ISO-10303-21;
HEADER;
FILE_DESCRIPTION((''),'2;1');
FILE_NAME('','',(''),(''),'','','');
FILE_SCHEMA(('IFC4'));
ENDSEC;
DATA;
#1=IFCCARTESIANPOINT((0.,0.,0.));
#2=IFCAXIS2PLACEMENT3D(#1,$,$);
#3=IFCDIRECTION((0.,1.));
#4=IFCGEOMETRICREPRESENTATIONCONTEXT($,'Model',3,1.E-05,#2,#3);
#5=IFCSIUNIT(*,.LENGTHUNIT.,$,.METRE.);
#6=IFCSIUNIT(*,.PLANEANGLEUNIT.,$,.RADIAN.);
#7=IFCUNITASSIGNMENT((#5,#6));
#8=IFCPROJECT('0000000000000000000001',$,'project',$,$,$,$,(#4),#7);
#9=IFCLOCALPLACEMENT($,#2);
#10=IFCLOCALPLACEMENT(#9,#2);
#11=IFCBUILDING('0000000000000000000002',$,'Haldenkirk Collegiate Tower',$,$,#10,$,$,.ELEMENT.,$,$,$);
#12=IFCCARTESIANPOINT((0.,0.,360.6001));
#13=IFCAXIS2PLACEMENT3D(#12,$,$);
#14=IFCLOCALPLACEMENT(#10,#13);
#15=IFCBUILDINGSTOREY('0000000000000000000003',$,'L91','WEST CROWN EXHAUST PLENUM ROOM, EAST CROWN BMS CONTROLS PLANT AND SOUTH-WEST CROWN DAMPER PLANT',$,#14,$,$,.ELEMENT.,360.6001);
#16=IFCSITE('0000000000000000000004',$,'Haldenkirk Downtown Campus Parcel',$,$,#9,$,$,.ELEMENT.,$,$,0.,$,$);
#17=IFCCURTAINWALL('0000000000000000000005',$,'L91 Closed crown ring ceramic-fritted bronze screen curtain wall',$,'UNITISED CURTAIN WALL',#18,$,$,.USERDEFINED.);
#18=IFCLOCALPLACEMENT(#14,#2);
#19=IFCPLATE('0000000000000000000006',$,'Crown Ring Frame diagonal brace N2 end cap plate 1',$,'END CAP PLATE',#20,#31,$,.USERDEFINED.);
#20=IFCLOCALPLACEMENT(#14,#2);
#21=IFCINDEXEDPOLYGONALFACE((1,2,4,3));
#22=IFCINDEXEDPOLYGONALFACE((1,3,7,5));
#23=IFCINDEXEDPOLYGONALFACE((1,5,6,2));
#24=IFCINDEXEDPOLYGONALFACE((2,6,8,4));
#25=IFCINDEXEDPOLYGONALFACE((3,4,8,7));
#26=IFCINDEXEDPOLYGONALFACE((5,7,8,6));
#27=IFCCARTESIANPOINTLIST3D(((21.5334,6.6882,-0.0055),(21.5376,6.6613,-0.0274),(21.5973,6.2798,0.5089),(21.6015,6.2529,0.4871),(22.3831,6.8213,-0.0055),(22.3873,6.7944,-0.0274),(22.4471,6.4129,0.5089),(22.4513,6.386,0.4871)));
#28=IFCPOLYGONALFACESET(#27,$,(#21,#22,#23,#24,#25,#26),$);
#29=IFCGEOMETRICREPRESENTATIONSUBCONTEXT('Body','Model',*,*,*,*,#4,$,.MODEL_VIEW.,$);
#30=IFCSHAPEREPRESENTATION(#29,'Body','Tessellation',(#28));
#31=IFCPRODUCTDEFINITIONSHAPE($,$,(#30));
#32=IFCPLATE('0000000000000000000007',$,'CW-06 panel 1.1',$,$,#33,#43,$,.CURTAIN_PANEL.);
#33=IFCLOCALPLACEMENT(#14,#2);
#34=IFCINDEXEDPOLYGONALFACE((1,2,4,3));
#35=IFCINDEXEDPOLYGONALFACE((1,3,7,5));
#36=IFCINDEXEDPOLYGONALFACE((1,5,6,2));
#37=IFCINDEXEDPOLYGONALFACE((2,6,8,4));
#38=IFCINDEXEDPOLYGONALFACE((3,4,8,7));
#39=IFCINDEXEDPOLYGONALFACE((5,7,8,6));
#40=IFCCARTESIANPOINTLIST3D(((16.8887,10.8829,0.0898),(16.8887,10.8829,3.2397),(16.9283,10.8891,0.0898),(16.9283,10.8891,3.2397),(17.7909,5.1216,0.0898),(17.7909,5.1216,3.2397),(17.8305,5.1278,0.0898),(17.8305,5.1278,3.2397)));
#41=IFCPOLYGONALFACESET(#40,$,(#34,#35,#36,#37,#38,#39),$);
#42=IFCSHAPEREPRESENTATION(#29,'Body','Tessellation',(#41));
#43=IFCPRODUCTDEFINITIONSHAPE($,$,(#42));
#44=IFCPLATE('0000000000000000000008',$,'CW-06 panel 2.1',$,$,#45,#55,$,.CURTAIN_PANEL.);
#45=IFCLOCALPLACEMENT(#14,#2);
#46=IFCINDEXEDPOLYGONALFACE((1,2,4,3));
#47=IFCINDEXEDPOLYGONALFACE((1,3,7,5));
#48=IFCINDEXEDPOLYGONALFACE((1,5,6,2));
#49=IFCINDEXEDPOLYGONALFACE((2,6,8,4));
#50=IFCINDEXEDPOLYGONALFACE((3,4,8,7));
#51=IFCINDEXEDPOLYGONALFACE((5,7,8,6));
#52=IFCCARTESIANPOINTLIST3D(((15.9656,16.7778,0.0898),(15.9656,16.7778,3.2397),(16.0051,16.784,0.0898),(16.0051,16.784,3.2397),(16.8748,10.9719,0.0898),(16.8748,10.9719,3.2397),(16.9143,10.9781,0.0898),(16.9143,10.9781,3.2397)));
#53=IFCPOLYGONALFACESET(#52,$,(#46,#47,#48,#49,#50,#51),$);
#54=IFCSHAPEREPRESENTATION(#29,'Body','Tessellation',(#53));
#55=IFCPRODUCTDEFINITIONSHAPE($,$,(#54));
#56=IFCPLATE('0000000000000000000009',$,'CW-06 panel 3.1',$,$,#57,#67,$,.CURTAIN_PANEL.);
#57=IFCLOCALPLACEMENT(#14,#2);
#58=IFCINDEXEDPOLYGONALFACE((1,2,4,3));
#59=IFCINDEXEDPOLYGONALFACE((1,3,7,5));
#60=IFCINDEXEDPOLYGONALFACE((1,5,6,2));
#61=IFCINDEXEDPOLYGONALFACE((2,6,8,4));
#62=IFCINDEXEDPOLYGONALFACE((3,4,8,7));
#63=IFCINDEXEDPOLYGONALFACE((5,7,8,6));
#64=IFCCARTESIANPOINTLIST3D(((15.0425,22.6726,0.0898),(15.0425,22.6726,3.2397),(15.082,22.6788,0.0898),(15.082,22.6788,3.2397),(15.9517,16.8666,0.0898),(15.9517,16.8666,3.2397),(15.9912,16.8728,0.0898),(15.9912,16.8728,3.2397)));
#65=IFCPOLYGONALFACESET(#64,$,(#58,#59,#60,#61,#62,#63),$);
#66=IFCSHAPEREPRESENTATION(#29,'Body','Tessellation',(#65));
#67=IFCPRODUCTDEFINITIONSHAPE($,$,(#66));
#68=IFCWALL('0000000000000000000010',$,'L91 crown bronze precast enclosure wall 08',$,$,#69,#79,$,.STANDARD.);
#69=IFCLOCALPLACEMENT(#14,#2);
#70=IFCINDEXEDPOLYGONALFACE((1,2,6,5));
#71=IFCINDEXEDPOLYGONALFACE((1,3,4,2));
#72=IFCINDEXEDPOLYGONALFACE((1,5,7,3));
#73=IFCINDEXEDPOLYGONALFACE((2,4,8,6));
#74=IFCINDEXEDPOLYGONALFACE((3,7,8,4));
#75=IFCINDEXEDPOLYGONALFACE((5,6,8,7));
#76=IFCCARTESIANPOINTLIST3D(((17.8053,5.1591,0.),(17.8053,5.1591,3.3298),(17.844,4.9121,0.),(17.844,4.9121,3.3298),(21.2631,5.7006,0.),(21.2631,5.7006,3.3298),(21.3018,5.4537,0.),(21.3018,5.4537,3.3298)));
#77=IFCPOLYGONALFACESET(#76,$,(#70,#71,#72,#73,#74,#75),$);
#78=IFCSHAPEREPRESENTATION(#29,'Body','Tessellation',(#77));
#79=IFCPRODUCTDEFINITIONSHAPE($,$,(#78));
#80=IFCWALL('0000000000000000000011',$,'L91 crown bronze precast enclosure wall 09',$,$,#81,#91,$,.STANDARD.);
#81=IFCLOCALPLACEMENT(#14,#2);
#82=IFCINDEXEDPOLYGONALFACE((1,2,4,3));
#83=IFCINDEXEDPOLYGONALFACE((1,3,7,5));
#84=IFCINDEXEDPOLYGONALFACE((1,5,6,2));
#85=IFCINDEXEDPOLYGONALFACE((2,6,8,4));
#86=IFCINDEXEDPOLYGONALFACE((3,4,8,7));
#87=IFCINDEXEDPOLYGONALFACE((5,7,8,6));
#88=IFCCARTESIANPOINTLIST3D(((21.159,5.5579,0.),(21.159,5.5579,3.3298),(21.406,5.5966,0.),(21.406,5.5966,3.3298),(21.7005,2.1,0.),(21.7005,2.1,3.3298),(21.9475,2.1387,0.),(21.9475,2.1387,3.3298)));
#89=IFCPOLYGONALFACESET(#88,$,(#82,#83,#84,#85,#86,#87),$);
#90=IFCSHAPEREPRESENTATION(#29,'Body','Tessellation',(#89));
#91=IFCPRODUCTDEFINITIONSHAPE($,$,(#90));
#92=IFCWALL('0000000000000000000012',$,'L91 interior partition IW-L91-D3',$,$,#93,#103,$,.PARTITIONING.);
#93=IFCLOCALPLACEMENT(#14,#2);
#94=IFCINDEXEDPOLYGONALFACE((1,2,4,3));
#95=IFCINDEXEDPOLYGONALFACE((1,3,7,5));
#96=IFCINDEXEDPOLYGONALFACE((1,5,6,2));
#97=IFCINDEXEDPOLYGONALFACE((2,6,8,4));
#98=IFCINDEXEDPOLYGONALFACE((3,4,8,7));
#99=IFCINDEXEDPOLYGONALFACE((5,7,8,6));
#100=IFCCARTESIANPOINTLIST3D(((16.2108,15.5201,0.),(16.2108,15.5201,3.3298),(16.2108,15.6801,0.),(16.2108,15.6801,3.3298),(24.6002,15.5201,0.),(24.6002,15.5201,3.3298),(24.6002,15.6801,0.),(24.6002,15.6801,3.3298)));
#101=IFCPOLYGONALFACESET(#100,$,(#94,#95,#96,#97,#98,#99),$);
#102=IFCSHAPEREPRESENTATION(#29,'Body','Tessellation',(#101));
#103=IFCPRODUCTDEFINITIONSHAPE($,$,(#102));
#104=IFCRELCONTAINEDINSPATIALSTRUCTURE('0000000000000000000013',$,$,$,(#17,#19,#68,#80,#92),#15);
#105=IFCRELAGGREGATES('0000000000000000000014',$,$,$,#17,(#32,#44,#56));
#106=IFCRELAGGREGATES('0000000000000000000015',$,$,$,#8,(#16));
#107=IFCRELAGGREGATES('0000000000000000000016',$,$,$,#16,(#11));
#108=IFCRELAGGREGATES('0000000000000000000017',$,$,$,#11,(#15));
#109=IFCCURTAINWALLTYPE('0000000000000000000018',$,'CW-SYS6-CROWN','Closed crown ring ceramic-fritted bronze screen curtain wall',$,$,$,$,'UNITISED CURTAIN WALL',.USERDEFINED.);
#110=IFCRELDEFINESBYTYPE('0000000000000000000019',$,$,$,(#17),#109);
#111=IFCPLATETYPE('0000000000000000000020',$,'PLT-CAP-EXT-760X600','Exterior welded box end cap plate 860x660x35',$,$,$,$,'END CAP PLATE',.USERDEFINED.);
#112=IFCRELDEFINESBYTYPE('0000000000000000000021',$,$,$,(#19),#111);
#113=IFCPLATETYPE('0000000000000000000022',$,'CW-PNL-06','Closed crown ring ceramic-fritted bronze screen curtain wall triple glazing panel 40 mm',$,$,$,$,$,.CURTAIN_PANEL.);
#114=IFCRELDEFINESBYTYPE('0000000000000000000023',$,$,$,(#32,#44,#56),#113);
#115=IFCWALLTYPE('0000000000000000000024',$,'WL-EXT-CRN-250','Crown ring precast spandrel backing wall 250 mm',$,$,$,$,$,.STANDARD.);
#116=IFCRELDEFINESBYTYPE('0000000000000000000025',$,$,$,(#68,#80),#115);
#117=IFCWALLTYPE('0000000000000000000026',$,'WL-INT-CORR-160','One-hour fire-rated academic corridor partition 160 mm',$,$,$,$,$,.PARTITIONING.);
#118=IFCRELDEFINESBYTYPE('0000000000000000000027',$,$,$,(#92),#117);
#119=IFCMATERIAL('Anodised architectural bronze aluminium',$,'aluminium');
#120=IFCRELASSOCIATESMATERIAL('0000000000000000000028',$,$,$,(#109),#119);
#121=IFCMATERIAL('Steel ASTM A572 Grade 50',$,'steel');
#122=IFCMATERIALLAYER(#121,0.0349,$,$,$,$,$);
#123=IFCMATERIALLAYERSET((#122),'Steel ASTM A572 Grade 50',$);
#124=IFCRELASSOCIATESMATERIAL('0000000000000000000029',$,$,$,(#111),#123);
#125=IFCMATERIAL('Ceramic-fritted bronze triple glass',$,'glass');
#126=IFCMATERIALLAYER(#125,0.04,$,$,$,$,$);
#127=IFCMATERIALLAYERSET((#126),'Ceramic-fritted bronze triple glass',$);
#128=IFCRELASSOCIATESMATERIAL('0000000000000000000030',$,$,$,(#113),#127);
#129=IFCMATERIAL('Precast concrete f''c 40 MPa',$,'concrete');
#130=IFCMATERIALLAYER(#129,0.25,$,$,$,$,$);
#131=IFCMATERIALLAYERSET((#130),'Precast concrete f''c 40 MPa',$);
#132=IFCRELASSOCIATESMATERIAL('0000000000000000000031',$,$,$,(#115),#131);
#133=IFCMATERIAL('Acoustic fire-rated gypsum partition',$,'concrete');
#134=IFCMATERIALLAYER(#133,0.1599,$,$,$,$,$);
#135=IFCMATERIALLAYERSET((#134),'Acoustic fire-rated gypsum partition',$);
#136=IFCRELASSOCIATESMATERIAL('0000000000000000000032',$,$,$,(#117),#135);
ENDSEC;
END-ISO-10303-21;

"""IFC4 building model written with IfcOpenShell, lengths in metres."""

from ifc_helpers import new_model, si_unit, direction, frame, frame_2d, origin, origin_2d, place, context, subcontext, project, spatial, rectangle, extrude, source, transform, mapped, material, layer, layer_set, type_object, element, aggregate, save


model = new_model("IFC4")

# Units and contexts
model_context = context("Model", 3, precision=1e-05, world=origin(), true_north=direction((0.0, 1.0)))
body_context = subcontext(model_context, "Body", "Model", "MODEL_VIEW")
ifc_project = project(units=[si_unit("LENGTHUNIT", "METRE"), si_unit("PLANEANGLEUNIT", "RADIAN")], contexts=[model_context])

# Site, building, storey
site_placement = place(None, origin())
site = spatial("IfcSite", under=ifc_project, at=site_placement, Name="Haldenkirk Downtown Campus Parcel", CompositionType="ELEMENT", RefElevation=0.0)
building_placement = place(site_placement, origin())
building = spatial("IfcBuilding", under=site, at=building_placement, Name="Haldenkirk Collegiate Tower", CompositionType="ELEMENT")
storey_placement = place(building_placement, frame((0.0, 0.0, 360.6001)))
storey = spatial("IfcBuildingStorey", under=building, at=storey_placement, Name="L91", Description="WEST CROWN EXHAUST PLENUM ROOM, EAST CROWN BMS CONTROLS PLANT AND SOUTH-WEST CROWN DAMPER PLANT", CompositionType="ELEMENT", Elevation=360.6001)

# Curtain wall
ifc_material_1 = material(Name="Anodised architectural bronze aluminium", Category="aluminium")
curtain_wall_type = type_object("IfcCurtainWallType", Name="CW-SYS6-CROWN", Description="Closed crown ring ceramic-fritted bronze screen curtain wall", ElementType="UNITISED CURTAIN WALL", PredefinedType="USERDEFINED", material=ifc_material_1)
curtain_wall_1_placement = place(storey_placement, origin())
curtain_wall_1 = element("IfcCurtainWall", 1, at=curtain_wall_1_placement, inside=storey, type_object=curtain_wall_type, Name="L91 Closed crown ring ceramic-fritted bronze screen curtain wall", ObjectType="UNITISED CURTAIN WALL", PredefinedType="USERDEFINED")

# Plate
ifc_material_2 = material(Name="Steel ASTM A572 Grade 50", Category="steel")
ifc_layer_1 = layer(ifc_material_2, 0.0349)
ifc_layer_set_1 = layer_set([ifc_layer_1], Name="Steel ASTM A572 Grade 50")
plate_type_1 = type_object("IfcPlateType", Name="PLT-CAP-EXT-760X600", Description="Exterior welded box end cap plate 860x660x35", ElementType="END CAP PLATE", PredefinedType="USERDEFINED", material=ifc_layer_set_1)
shared_shape_1 = source(origin(), body_context, "Body", "SweptSolid", [
    extrude(rectangle(XDim=0.8601, YDim=0.6599, at=origin_2d()), origin(), (0.0, 0.0, 1.0), 0.0349),
])
for number, where, z_axis, x_axis, name in (
    (2, (21.9902, 6.5505, 0.2517), (0.120601, -0.770143, -0.626367), (0.98796, 0.15471, 0.0), "Crown Ring Frame diagonal brace N2 end cap plate 1"),
):
    element("IfcPlate", number, at=place(storey_placement, frame(where, z_axis=z_axis, x_axis=x_axis)), inside=storey, type_object=plate_type_1, Name=name, ObjectType="END CAP PLATE", PredefinedType="USERDEFINED", context=body_context, shape_type="MappedRepresentation", body=[
        mapped(shared_shape_1, transform((0.0, 0.0, 0.0), x_axis=(1.0, 0.0, 0.0), y_axis=(0.0, 1.0, 0.0), z_axis=(0.0, 0.0, 1.0), scale=1.0)),
    ])

# Plates
ifc_material_3 = material(Name="Ceramic-fritted bronze triple glass", Category="glass")
ifc_layer_2 = layer(ifc_material_3, 0.04)
ifc_layer_set_2 = layer_set([ifc_layer_2], Name="Ceramic-fritted bronze triple glass")
plate_type_2 = type_object("IfcPlateType", Name="CW-PNL-06", Description="Closed crown ring ceramic-fritted bronze screen curtain wall triple glazing panel 40 mm", PredefinedType="CURTAIN_PANEL", material=ifc_layer_set_2)
shared_shape_2 = source(origin(), body_context, "Body", "SweptSolid", [
    extrude(rectangle(XDim=5.8315, YDim=0.04, at=origin_2d()), origin(), (0.0, 0.0, 1.0), 3.1499),
])
plate_1_placement = place(storey_placement, frame((17.3596, 8.0054, 0.0898), z_axis=(0.0, 0.0, 1.0), x_axis=(-0.154713, 0.98796, 0.0)))
plate_1 = element("IfcPlate", 3, at=plate_1_placement, type_object=plate_type_2, Name="CW-06 panel 1.1", PredefinedType="CURTAIN_PANEL", context=body_context, shape_type="MappedRepresentation", body=[
    mapped(shared_shape_2, transform((0.0, 0.0, 0.0), x_axis=(1.0, 0.0, 0.0), y_axis=(0.0, 1.0, 0.0), z_axis=(0.0, 0.0, 1.0), scale=1.0)),
])
shared_shape_3 = source(origin(), body_context, "Body", "SweptSolid", [
    extrude(rectangle(XDim=5.8767, YDim=0.04, at=origin_2d()), origin(), (0.0, 0.0, 1.0), 3.1499),
])
plate_2_placement = place(storey_placement, frame((16.4399, 13.8779, 0.0898), z_axis=(0.0, 0.0, 1.0), x_axis=(-0.154713, 0.98796, 0.0)))
plate_2 = element("IfcPlate", 4, at=plate_2_placement, type_object=plate_type_2, Name="CW-06 panel 2.1", PredefinedType="CURTAIN_PANEL", context=body_context, shape_type="MappedRepresentation", body=[
    mapped(shared_shape_3, transform((0.0, 0.0, 0.0), x_axis=(1.0, 0.0, 0.0), y_axis=(0.0, 1.0, 0.0), z_axis=(0.0, 0.0, 1.0), scale=1.0)),
])
plate_3_placement = place(storey_placement, frame((15.5168, 19.7727, 0.0898), z_axis=(0.0, 0.0, 1.0), x_axis=(-0.154713, 0.98796, 0.0)))
plate_3 = element("IfcPlate", 5, at=plate_3_placement, type_object=plate_type_2, Name="CW-06 panel 3.1", PredefinedType="CURTAIN_PANEL", context=body_context, shape_type="MappedRepresentation", body=[
    mapped(shared_shape_3, transform((0.0, 0.0, 0.0), x_axis=(1.0, 0.0, 0.0), y_axis=(0.0, 1.0, 0.0), z_axis=(0.0, 0.0, 1.0), scale=1.0)),
])
aggregate(curtain_wall_1, [plate_1, plate_2, plate_3])

# Walls
ifc_material_4 = material(Name="Precast concrete f'c 40 MPa", Category="concrete")
ifc_layer_3 = layer(ifc_material_4, 0.25)
ifc_layer_set_3 = layer_set([ifc_layer_3], Name="Precast concrete f'c 40 MPa")
wall_type_1 = type_object("IfcWallType", Name="WL-EXT-CRN-250", Description="Crown ring precast spandrel backing wall 250 mm", PredefinedType="STANDARD", material=ifc_layer_set_3)
for number, where, z_axis, x_axis, name in (
    (6, (21.2825, 5.5771, 0.0), (0.0, 0.0, 1.0), (-0.987958, -0.154719, 0.0), "L91 crown bronze precast enclosure wall 08"),
    (7, (21.824, 2.1194, 0.0), (0.0, 0.0, 1.0), (-0.154719, 0.987958, 0.0), "L91 crown bronze precast enclosure wall 09"),
):
    element("IfcWall", number, at=place(storey_placement, frame(where, z_axis=z_axis, x_axis=x_axis)), inside=storey, type_object=wall_type_1, Name=name, PredefinedType="STANDARD", context=body_context, shape_type="SweptSolid", body=[
        extrude(rectangle(XDim=3.5, YDim=0.25, at=frame_2d((1.75, 0.0))), origin(), (0.0, 0.0, 1.0), 3.3298),
    ])
ifc_material_5 = material(Name="Acoustic fire-rated gypsum partition", Category="concrete")
ifc_layer_4 = layer(ifc_material_5, 0.1599)
ifc_layer_set_4 = layer_set([ifc_layer_4], Name="Acoustic fire-rated gypsum partition")
wall_type_2 = type_object("IfcWallType", Name="WL-INT-CORR-160", Description="One-hour fire-rated academic corridor partition 160 mm", PredefinedType="PARTITIONING", material=ifc_layer_set_4)
wall_placement = place(storey_placement, frame((16.2107, 15.6001, 0.0), z_axis=(0.0, 0.0, 1.0), x_axis=(1.0, 0.0, 0.0)))
element("IfcWall", 8, at=wall_placement, inside=storey, type_object=wall_type_2, Name="L91 interior partition IW-L91-D3", PredefinedType="PARTITIONING", context=body_context, shape_type="SweptSolid", body=[
    extrude(rectangle(XDim=8.3894, YDim=0.1599, at=frame_2d((4.1948, 0.0))), origin(), (0.0, 0.0, 1.0), 3.3298),
])

save(model, "model.ifc")
